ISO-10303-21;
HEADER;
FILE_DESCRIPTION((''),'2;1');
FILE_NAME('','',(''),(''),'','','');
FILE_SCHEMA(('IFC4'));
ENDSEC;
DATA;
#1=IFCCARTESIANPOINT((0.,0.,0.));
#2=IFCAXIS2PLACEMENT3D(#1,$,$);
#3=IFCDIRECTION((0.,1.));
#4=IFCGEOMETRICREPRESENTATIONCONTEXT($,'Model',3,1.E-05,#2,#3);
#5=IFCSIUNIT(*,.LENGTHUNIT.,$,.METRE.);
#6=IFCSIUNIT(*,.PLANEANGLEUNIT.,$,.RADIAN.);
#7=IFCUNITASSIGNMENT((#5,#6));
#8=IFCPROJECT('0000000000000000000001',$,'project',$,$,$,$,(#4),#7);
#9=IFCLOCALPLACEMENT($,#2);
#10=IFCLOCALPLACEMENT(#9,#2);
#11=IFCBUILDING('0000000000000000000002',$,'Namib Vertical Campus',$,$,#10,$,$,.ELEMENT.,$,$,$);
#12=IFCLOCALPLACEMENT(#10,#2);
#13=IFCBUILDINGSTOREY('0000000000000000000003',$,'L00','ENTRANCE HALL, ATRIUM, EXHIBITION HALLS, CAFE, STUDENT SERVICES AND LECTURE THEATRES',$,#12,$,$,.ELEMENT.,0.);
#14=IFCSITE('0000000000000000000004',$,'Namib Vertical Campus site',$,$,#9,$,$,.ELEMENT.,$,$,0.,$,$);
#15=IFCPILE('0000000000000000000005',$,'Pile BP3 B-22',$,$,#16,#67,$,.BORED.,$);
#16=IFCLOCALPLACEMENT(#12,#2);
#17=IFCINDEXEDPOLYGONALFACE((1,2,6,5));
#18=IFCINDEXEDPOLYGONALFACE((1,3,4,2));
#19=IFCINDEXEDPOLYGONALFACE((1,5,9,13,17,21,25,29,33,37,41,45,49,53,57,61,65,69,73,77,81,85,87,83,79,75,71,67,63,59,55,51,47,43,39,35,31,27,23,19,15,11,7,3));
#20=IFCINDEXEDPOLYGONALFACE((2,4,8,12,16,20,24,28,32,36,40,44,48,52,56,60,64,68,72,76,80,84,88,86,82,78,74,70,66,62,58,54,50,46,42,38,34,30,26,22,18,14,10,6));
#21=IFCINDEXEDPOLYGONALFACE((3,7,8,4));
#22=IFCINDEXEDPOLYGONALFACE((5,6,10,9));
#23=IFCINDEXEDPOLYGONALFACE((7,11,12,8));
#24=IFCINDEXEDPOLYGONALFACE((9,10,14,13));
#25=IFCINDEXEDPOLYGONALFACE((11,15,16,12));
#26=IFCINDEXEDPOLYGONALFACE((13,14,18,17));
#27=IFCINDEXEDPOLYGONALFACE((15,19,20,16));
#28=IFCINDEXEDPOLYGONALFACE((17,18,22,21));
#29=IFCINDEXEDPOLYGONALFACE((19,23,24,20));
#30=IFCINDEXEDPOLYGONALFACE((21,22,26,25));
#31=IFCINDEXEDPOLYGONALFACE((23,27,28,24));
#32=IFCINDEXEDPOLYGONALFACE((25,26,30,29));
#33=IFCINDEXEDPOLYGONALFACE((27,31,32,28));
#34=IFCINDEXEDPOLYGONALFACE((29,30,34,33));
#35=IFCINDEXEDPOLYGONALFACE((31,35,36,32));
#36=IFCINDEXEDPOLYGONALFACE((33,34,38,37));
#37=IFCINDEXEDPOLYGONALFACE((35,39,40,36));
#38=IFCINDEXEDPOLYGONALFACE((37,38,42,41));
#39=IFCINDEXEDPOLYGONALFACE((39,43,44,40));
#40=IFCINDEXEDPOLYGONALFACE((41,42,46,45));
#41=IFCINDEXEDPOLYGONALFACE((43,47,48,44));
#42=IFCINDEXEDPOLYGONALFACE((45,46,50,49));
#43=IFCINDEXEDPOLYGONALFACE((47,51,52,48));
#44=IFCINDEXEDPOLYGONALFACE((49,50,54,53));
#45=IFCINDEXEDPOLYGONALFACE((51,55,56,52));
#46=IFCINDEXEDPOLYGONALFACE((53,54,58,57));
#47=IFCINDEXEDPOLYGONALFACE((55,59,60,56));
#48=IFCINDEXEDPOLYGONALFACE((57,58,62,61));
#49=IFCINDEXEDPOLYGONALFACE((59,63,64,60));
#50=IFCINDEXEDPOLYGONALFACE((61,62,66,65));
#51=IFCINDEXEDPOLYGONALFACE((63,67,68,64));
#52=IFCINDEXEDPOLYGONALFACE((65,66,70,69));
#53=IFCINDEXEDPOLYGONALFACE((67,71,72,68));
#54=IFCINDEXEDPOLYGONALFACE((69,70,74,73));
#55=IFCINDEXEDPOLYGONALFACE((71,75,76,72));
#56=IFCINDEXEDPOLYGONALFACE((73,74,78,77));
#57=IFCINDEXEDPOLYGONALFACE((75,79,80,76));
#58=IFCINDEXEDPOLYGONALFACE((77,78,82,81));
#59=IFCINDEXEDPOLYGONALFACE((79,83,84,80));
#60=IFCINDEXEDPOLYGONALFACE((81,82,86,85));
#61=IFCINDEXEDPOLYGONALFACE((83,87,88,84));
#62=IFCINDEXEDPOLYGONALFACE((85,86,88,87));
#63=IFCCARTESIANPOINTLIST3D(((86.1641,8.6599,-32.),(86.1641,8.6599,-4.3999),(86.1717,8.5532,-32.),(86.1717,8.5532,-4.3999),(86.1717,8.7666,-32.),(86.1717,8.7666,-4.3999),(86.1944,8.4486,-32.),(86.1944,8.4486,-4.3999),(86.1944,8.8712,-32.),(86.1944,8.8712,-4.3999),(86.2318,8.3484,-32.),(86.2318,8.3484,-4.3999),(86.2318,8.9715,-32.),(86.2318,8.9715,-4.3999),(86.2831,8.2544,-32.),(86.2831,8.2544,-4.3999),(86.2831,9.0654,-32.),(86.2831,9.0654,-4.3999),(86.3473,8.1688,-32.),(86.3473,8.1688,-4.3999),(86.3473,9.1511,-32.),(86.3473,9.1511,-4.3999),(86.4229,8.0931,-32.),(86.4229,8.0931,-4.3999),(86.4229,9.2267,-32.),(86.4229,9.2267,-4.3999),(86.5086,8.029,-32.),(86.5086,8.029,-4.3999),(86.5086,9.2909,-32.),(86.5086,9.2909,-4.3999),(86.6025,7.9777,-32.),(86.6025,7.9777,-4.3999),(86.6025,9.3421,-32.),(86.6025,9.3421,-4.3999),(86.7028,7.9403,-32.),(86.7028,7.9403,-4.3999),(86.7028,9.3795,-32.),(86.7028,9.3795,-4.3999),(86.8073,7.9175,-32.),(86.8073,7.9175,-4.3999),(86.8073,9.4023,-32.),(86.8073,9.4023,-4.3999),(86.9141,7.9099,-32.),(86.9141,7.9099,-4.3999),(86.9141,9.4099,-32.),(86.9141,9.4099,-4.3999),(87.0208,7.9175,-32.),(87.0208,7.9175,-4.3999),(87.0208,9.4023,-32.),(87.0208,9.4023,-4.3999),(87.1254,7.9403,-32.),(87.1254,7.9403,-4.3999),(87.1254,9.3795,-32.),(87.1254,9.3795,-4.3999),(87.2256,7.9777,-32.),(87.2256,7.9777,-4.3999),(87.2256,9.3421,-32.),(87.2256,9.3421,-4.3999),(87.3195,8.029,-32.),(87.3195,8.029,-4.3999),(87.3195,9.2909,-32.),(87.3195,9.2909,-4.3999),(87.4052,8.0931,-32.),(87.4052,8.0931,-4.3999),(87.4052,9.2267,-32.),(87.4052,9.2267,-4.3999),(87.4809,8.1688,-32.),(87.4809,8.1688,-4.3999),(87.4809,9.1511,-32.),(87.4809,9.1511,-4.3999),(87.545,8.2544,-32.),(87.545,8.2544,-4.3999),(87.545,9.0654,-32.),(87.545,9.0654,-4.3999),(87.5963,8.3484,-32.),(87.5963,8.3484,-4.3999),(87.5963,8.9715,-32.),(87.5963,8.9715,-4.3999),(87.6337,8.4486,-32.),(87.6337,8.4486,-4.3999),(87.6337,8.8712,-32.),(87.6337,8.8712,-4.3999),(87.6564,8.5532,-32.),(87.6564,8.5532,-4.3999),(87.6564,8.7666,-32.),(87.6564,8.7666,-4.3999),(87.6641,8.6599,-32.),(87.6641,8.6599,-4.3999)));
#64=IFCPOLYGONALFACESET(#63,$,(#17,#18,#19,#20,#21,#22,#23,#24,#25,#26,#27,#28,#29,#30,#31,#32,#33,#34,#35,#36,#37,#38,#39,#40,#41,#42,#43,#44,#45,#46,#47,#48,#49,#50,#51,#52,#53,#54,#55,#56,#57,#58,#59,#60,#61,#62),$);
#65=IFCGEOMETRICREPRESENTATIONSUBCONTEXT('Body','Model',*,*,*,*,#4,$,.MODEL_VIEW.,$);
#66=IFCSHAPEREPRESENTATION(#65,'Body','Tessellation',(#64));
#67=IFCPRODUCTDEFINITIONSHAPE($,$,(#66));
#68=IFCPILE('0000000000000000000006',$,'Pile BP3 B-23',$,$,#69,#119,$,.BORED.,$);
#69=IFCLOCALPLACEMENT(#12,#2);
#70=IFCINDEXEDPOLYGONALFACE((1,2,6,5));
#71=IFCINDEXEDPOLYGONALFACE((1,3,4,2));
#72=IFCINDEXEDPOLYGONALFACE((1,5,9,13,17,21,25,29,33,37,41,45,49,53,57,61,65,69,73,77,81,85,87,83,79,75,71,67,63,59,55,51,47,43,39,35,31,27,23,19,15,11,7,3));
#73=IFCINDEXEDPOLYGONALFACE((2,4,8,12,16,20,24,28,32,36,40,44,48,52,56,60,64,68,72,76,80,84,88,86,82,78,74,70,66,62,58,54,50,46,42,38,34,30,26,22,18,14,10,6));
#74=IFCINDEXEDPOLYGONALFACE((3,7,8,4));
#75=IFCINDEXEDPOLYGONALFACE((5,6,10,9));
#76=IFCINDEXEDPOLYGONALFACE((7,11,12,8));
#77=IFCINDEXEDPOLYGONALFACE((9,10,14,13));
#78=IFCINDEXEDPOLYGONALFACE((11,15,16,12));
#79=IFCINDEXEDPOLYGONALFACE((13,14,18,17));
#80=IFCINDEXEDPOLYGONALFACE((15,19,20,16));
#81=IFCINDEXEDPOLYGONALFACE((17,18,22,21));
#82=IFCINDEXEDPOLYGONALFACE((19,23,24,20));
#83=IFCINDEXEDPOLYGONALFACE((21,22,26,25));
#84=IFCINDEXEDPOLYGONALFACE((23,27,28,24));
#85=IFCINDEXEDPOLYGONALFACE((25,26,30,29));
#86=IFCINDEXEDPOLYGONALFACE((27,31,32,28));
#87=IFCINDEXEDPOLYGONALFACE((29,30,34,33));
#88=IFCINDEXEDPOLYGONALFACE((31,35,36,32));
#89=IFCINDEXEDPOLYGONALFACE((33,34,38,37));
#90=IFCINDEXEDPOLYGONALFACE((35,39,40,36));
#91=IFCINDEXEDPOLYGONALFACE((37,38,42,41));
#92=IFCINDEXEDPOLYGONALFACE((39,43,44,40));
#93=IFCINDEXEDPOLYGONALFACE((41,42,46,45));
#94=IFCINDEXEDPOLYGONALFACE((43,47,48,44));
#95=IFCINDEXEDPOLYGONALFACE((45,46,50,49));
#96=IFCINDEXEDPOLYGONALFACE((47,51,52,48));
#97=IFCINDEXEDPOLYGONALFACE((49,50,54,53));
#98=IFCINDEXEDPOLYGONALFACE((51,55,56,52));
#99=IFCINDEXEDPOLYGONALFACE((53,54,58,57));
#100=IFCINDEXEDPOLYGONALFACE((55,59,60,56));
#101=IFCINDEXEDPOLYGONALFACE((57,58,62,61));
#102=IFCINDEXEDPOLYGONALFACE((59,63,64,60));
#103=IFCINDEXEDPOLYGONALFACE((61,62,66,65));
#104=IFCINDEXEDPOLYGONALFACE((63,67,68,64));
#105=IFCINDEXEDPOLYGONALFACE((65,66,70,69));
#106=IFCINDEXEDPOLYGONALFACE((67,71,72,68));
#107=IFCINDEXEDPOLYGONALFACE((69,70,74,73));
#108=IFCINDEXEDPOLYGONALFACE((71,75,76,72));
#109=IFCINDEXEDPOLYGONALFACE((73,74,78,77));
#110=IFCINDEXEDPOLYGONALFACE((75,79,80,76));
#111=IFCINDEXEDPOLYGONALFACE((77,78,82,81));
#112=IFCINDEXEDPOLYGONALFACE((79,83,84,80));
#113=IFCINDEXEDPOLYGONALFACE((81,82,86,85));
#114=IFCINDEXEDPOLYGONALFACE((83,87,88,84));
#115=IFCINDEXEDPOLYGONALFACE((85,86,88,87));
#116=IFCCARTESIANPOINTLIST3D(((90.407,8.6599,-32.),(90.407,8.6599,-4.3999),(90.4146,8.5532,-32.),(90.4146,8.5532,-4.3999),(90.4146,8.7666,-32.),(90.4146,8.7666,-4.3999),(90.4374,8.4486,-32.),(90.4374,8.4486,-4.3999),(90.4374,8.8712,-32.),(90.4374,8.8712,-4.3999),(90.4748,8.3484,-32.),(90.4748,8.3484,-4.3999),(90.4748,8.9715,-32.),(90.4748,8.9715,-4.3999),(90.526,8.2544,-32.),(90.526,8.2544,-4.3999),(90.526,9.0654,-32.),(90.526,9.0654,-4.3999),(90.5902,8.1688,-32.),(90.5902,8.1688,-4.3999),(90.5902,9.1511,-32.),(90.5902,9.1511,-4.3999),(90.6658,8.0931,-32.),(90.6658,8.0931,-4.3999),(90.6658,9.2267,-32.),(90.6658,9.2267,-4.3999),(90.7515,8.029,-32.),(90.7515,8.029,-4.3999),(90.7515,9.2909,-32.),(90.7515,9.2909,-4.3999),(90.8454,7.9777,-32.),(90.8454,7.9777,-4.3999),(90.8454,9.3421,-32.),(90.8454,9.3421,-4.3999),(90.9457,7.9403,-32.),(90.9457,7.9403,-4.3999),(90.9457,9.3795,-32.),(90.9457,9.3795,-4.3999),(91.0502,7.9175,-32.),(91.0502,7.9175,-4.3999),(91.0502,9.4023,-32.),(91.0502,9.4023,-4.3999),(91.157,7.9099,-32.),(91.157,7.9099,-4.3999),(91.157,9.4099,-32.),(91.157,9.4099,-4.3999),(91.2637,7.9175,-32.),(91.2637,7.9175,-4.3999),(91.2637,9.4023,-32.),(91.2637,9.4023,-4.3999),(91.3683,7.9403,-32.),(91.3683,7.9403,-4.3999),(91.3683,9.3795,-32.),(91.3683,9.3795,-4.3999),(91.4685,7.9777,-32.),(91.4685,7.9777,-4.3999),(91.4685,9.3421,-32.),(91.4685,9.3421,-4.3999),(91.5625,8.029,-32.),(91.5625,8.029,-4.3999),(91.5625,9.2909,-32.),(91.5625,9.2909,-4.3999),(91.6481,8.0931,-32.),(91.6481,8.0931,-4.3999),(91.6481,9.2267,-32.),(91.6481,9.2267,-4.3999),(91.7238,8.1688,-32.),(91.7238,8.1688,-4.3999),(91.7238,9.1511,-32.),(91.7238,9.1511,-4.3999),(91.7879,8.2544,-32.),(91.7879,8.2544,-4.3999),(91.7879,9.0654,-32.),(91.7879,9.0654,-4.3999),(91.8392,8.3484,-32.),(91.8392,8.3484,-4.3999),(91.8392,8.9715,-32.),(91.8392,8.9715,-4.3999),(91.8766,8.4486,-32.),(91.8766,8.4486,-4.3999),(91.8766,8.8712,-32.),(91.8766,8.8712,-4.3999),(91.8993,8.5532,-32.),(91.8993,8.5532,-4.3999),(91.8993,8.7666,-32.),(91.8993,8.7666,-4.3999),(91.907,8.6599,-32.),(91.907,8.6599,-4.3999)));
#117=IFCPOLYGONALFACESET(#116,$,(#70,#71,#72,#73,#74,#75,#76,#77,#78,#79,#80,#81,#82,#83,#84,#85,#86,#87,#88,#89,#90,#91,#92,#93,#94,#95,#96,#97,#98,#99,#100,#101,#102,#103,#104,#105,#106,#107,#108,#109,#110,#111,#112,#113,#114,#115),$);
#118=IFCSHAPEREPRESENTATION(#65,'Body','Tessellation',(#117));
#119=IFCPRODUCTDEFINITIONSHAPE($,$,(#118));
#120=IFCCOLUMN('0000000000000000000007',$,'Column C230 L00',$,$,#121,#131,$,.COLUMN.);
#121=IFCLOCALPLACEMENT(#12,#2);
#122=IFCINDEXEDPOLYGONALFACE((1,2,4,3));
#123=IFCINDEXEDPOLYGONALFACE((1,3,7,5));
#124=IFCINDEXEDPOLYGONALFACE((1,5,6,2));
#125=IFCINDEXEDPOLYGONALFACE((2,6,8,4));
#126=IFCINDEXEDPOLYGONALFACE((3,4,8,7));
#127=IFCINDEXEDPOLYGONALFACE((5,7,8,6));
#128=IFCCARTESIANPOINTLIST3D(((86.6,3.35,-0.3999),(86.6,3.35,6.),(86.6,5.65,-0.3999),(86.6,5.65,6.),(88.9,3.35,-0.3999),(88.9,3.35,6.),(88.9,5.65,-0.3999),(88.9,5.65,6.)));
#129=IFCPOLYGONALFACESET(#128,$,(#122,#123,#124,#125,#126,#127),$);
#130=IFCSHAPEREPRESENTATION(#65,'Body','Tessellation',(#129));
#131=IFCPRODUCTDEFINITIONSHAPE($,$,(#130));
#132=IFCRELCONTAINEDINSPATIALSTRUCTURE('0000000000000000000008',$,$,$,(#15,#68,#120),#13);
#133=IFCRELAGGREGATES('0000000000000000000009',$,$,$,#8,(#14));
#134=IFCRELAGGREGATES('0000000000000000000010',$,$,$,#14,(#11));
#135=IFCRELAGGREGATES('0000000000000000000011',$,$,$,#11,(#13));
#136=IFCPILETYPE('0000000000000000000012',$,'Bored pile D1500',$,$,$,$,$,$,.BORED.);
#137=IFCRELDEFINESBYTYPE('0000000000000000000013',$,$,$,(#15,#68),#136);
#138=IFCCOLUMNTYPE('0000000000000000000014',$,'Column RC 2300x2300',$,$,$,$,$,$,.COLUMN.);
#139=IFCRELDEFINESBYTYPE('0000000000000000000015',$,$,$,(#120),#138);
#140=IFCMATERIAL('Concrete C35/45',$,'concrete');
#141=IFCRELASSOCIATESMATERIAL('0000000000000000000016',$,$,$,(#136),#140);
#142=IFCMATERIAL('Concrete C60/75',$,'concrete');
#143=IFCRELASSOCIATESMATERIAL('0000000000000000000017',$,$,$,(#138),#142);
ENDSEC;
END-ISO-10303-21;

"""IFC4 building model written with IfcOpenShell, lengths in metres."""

from ifc_helpers import new_model, si_unit, direction, frame, origin, origin_2d, place, context, subcontext, project, spatial, rectangle, circle, extrude, material, material_profile, profile_set, type_object, element, save


model = new_model("IFC4")

# Units and contexts
model_context = context("Model", 3, precision=1e-05, world=origin(), true_north=direction((0.0, 1.0)))
body_context = subcontext(model_context, "Body", "Model", "MODEL_VIEW")
ifc_project = project(units=[si_unit("LENGTHUNIT", "METRE"), si_unit("PLANEANGLEUNIT", "RADIAN")], contexts=[model_context])

# Site, building, storey
site_placement = place(None, origin())
site = spatial("IfcSite", under=ifc_project, at=site_placement, Name="Namib Vertical Campus site", CompositionType="ELEMENT", RefElevation=0.0)
building_placement = place(site_placement, origin())
building = spatial("IfcBuilding", under=site, at=building_placement, Name="Namib Vertical Campus", CompositionType="ELEMENT")
storey_placement = place(building_placement, origin())
storey = spatial("IfcBuildingStorey", under=building, at=storey_placement, Name="L00", Description="ENTRANCE HALL, ATRIUM, EXHIBITION HALLS, CAFE, STUDENT SERVICES AND LECTURE THEATRES", CompositionType="ELEMENT", Elevation=0.0)

# Piles
ifc_material_1 = material(Name="Concrete C35/45", Category="concrete")
ifc_material_profile_1 = material_profile(ifc_material_1, circle(Radius=0.75, at=origin_2d()))
ifc_profile_set_1 = profile_set([ifc_material_profile_1], Name="Concrete C35/45")
pile_type = type_object("IfcPileType", Name="Bored pile D1500", PredefinedType="BORED", material=ifc_profile_set_1)
for number, where, z_axis, x_axis, name in (
    (1, (86.9141, 8.6599, -4.3999), (0.0, 0.0, -1.0), (1.0, 0.0, 0.0), "Pile BP3 B-22"),
    (2, (91.157, 8.6599, -4.3999), (0.0, 0.0, -1.0), (1.0, 0.0, 0.0), "Pile BP3 B-23"),
):
    element("IfcPile", number, at=place(storey_placement, frame(where, z_axis=z_axis, x_axis=x_axis)), inside=storey, type_object=pile_type, Name=name, PredefinedType="BORED", context=body_context, shape_type="SweptSolid", body=[
        extrude(circle(Radius=0.75, at=origin_2d()), origin(), (0.0, 0.0, 1.0), 27.6001),
    ])

# Column
ifc_material_2 = material(Name="Concrete C60/75", Category="concrete")
ifc_material_profile_2 = material_profile(ifc_material_2, rectangle(XDim=2.3, YDim=2.3, at=origin_2d()))
ifc_profile_set_2 = profile_set([ifc_material_profile_2], Name="Concrete C60/75")
column_type = type_object("IfcColumnType", Name="Column RC 2300x2300", PredefinedType="COLUMN", material=ifc_profile_set_2)
column_placement = place(storey_placement, frame((87.75, 4.5, -0.3999), z_axis=(0.0, 0.0, 1.0), x_axis=(1.0, 0.0, 0.0)))
element("IfcColumn", 3, at=column_placement, inside=storey, type_object=column_type, Name="Column C230 L00", PredefinedType="COLUMN", context=body_context, shape_type="SweptSolid", body=[
    extrude(rectangle(XDim=2.3, YDim=2.3, at=origin_2d()), origin(), (0.0, 0.0, 1.0), 6.3999),
])

save(model, "model.ifc")
